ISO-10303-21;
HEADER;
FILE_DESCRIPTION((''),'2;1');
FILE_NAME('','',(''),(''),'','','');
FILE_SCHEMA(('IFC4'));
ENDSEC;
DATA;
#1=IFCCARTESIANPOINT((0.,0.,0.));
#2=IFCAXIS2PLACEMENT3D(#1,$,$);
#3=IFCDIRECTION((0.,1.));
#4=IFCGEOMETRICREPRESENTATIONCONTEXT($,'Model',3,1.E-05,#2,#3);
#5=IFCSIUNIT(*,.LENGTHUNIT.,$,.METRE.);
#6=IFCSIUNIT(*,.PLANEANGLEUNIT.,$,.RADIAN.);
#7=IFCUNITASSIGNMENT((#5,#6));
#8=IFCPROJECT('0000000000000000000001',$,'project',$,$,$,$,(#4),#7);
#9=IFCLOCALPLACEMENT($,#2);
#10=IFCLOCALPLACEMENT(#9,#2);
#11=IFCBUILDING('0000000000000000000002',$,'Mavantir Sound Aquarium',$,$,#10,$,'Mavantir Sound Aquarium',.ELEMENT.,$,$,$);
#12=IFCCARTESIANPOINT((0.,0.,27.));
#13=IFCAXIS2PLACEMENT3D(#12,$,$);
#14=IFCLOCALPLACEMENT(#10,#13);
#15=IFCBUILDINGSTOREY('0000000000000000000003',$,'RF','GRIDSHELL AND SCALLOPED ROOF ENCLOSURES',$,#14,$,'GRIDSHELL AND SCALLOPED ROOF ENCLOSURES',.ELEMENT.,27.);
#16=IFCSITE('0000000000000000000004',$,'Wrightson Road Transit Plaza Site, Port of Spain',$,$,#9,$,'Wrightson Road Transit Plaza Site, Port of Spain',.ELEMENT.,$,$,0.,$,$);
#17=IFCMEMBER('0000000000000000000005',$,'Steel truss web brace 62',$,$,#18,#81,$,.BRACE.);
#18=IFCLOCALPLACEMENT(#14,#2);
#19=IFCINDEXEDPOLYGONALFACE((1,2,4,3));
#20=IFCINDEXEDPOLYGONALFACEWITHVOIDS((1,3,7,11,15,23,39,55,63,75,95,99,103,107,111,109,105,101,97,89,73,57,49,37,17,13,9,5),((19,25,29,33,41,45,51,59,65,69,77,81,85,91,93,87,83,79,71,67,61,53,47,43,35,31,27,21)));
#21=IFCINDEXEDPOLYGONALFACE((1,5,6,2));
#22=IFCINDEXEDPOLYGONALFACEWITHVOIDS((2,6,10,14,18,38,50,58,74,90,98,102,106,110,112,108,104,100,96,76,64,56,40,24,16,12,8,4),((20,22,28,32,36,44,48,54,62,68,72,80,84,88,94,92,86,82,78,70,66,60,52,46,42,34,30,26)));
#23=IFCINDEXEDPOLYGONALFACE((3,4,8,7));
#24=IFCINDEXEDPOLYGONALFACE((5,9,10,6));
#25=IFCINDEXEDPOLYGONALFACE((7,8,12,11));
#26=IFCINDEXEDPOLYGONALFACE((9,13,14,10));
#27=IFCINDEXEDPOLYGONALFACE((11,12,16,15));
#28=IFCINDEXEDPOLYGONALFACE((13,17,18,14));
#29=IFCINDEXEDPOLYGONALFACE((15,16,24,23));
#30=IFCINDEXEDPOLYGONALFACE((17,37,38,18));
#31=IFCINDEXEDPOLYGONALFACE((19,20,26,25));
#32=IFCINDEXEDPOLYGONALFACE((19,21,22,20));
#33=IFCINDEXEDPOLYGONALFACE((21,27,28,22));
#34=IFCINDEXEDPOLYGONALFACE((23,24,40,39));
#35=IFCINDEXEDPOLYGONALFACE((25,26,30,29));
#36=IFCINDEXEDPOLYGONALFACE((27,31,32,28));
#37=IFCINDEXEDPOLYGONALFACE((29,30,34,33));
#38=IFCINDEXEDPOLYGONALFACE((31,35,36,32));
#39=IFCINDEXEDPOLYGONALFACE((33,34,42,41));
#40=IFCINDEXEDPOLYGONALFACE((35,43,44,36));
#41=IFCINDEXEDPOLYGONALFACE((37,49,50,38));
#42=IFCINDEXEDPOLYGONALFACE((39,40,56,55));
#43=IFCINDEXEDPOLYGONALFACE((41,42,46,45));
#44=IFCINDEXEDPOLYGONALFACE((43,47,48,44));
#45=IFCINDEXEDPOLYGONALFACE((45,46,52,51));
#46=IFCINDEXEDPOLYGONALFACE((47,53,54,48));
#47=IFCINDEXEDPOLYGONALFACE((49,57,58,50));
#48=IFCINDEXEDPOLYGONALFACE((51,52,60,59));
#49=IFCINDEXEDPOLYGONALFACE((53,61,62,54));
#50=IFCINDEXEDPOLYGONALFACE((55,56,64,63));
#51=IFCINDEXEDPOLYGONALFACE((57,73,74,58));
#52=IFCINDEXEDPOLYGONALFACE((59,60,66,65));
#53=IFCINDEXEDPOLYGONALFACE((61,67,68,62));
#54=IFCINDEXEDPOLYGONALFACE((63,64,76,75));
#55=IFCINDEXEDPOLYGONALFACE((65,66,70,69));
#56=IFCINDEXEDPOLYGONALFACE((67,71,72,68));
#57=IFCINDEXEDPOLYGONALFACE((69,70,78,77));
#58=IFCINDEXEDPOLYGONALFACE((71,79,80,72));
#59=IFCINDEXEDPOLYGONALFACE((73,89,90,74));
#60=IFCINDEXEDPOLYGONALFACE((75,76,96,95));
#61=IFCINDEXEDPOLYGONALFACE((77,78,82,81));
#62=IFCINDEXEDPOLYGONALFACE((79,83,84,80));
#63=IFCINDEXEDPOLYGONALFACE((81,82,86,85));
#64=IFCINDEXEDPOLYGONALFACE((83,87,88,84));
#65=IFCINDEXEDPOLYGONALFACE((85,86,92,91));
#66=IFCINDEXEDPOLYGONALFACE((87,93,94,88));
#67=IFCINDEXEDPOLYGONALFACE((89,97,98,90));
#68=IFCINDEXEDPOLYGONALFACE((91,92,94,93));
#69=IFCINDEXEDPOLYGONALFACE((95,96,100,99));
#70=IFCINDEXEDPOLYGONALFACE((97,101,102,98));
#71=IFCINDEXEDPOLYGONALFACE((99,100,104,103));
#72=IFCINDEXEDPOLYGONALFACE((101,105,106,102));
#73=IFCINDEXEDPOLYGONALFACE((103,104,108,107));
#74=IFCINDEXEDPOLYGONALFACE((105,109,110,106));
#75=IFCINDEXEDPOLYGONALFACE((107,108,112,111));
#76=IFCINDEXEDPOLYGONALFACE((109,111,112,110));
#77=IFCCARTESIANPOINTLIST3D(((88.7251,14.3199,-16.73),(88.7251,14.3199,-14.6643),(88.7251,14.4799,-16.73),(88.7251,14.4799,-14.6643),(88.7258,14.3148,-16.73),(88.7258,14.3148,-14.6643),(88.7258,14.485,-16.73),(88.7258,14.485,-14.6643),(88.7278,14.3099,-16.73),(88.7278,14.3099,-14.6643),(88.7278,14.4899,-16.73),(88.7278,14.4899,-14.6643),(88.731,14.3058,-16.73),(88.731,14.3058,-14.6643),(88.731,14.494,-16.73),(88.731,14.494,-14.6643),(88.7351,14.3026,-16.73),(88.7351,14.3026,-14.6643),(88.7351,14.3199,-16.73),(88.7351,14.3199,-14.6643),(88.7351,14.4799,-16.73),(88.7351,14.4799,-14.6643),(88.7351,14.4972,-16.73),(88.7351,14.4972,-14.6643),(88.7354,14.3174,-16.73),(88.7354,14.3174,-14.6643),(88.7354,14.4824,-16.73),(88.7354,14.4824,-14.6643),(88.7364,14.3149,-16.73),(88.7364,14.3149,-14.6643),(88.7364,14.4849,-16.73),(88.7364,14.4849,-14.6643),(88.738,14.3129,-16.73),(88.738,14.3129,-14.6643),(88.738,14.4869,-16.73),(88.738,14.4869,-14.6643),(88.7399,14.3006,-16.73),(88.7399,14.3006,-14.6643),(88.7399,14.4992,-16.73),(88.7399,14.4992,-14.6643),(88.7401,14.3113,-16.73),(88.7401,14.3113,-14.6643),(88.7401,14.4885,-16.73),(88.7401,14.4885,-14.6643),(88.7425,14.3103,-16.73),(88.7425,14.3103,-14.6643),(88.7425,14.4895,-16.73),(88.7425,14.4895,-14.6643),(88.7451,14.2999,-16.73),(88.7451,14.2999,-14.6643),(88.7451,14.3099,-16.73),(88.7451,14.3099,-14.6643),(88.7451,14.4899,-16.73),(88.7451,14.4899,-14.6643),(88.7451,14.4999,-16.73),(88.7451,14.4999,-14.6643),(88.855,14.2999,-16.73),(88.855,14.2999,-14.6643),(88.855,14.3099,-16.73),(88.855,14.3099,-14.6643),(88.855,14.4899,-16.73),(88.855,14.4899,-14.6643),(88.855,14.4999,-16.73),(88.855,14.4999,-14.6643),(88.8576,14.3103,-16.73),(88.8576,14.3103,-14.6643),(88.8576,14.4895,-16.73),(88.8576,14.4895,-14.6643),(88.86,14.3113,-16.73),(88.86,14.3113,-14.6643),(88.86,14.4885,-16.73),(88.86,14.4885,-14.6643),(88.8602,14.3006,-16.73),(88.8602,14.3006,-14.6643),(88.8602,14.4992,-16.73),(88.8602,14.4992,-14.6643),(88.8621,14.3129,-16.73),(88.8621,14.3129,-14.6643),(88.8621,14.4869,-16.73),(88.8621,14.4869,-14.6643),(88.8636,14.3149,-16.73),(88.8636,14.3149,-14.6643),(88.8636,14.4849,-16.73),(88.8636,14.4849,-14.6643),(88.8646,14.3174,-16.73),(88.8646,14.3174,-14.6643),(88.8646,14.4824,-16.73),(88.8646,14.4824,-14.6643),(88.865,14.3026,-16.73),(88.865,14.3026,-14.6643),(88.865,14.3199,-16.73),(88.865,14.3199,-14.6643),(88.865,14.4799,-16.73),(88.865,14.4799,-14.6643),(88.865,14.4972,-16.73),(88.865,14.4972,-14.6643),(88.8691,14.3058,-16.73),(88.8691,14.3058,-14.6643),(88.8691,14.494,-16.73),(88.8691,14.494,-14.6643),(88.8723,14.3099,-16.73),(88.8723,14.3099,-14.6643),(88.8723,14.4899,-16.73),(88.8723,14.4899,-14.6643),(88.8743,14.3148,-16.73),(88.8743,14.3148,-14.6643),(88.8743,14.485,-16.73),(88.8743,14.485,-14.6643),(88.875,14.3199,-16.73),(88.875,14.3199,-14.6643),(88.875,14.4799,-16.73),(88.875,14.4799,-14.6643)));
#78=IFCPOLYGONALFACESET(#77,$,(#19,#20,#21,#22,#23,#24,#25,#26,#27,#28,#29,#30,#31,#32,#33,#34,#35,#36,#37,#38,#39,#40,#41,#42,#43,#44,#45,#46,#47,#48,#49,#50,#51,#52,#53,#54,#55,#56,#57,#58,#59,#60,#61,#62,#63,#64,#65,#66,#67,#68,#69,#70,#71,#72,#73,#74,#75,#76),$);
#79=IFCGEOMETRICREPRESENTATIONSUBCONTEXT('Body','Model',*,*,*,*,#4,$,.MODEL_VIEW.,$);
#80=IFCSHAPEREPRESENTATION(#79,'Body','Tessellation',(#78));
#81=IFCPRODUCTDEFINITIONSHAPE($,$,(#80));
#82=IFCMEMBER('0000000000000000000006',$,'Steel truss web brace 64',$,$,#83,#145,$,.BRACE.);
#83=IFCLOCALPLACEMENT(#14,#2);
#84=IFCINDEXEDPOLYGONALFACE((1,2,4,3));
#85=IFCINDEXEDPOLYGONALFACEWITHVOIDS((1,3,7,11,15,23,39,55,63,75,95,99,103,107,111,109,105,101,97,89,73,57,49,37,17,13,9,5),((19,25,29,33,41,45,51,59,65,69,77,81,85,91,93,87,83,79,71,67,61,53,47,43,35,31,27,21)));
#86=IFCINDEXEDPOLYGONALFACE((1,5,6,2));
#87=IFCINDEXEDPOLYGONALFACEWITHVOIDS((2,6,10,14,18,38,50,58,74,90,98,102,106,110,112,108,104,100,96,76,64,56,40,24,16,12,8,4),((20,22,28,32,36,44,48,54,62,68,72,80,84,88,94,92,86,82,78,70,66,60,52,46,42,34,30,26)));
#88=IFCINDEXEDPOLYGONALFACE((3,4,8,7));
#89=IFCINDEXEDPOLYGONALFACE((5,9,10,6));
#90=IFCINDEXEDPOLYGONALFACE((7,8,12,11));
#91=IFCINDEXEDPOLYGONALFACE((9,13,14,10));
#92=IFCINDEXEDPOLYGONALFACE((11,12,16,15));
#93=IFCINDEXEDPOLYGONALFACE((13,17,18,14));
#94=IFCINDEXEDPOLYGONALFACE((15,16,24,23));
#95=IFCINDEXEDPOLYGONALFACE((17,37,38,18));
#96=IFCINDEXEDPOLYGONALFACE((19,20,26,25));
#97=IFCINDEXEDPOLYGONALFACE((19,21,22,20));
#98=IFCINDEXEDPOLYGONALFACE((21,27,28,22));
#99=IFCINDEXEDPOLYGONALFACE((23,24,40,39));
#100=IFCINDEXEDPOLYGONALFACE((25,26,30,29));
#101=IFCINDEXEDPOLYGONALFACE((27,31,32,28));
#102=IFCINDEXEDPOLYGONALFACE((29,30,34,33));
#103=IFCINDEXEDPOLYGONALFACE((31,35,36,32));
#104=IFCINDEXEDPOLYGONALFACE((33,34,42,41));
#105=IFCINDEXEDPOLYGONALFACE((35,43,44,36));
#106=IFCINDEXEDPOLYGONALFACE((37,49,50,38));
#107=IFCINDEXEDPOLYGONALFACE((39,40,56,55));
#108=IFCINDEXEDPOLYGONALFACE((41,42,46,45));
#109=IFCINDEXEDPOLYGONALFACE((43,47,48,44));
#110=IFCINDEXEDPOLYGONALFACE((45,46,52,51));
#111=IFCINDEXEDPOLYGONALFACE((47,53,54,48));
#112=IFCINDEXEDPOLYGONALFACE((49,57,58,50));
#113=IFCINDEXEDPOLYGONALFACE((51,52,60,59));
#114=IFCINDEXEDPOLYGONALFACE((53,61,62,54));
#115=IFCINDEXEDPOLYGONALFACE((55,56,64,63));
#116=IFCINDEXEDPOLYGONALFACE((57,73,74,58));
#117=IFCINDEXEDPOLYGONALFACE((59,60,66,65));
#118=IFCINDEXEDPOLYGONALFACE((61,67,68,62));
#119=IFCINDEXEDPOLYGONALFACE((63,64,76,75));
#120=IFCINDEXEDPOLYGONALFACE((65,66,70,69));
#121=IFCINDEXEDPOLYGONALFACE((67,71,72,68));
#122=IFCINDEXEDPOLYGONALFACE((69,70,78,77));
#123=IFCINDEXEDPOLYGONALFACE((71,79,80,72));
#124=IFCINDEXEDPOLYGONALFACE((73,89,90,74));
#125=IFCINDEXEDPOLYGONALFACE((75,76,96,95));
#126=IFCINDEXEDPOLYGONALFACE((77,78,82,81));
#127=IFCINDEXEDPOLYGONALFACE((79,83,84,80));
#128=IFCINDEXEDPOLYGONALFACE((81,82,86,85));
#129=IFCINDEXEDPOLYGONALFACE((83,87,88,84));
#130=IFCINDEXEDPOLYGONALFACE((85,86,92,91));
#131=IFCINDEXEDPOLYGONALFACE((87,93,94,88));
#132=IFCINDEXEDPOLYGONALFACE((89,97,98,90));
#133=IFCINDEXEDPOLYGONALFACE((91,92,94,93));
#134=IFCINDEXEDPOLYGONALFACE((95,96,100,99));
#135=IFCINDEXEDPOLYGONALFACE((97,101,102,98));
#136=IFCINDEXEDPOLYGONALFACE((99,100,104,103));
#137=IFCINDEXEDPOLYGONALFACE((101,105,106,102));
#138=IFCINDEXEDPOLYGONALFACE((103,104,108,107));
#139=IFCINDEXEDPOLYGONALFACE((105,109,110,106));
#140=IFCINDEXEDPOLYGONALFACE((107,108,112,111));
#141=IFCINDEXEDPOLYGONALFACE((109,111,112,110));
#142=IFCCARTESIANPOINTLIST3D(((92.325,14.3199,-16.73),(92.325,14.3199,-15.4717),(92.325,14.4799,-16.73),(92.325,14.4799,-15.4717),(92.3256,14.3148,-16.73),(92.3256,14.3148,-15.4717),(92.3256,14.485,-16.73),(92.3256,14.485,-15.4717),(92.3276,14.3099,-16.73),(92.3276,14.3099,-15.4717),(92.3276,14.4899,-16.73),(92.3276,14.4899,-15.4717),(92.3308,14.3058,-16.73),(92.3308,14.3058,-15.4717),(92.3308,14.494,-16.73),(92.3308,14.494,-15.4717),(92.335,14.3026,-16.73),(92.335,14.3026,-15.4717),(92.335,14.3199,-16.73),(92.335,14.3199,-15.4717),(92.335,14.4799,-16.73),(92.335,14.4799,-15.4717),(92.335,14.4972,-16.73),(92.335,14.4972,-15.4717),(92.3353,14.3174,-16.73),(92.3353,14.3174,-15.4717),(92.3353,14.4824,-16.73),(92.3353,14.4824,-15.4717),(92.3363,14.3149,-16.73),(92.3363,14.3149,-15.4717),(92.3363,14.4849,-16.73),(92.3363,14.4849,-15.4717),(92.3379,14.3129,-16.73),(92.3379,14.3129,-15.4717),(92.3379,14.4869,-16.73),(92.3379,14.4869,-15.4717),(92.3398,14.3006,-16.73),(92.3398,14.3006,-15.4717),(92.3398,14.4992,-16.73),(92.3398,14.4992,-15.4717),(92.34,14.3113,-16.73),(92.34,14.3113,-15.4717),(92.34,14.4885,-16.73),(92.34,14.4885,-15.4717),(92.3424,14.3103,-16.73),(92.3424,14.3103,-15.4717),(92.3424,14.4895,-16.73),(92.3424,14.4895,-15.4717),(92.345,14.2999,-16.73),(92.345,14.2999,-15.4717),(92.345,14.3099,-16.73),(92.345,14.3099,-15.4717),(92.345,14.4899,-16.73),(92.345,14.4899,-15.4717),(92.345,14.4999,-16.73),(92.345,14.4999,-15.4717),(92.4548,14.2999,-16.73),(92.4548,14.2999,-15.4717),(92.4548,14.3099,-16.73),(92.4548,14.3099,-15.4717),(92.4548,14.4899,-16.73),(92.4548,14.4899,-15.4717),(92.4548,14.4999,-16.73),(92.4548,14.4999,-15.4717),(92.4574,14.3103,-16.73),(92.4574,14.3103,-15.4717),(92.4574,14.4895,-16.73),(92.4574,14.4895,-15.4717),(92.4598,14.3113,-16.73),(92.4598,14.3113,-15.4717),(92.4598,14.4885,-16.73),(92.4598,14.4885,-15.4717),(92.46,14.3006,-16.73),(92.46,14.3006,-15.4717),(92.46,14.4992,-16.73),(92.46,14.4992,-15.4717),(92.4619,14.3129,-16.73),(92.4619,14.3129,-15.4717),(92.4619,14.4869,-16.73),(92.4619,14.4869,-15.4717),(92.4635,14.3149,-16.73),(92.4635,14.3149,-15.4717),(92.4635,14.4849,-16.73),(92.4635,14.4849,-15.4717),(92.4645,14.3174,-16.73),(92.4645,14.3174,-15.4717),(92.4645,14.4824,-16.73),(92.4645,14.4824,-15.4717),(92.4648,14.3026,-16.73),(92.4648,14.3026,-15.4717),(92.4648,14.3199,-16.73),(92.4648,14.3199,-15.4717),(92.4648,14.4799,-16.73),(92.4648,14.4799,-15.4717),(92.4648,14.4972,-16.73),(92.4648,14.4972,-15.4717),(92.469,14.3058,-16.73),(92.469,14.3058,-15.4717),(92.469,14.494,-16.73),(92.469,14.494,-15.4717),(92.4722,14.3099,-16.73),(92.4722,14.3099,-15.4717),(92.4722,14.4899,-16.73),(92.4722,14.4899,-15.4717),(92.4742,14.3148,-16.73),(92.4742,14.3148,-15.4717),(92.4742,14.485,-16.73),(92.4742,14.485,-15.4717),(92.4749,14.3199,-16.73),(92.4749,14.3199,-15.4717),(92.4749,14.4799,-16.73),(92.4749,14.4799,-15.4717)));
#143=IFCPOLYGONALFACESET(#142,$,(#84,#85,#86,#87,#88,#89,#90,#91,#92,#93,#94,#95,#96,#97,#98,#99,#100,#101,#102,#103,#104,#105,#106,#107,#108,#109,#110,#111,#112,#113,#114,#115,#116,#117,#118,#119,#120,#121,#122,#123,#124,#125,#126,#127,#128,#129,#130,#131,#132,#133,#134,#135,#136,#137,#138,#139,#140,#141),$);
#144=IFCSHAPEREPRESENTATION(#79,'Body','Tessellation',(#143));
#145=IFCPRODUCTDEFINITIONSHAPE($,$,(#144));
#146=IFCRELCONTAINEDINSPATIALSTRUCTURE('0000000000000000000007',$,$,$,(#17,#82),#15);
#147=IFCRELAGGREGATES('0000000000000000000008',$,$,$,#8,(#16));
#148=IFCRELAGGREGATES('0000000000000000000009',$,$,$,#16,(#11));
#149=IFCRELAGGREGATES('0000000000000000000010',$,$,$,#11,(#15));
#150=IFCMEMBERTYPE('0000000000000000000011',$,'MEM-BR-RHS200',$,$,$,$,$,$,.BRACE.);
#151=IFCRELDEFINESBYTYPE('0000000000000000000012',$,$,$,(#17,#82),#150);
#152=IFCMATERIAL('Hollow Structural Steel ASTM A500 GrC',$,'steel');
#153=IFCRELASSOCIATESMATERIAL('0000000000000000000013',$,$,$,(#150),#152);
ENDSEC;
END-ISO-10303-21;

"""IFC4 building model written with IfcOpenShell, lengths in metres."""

from ifc_helpers import new_model, si_unit, direction, frame, origin, origin_2d, place, context, subcontext, project, spatial, hollow_rectangle, extrude, material, material_profile, profile_set, type_object, element, save


model = new_model("IFC4")

# Units and contexts
model_context = context("Model", 3, precision=1e-05, world=origin(), true_north=direction((0.0, 1.0)))
body_context = subcontext(model_context, "Body", "Model", "MODEL_VIEW")
ifc_project = project(units=[si_unit("LENGTHUNIT", "METRE"), si_unit("PLANEANGLEUNIT", "RADIAN")], contexts=[model_context])

# Site, building, storey
site_placement = place(None, origin())
site = spatial("IfcSite", under=ifc_project, at=site_placement, Name="Wrightson Road Transit Plaza Site, Port of Spain", LongName="Wrightson Road Transit Plaza Site, Port of Spain", CompositionType="ELEMENT", RefElevation=0.0)
building_placement = place(site_placement, origin())
building = spatial("IfcBuilding", under=site, at=building_placement, Name="Mavantir Sound Aquarium", LongName="Mavantir Sound Aquarium", CompositionType="ELEMENT")
storey_placement = place(building_placement, frame((0.0, 0.0, 27.0)))
storey = spatial("IfcBuildingStorey", under=building, at=storey_placement, Name="RF", Description="GRIDSHELL AND SCALLOPED ROOF ENCLOSURES", LongName="GRIDSHELL AND SCALLOPED ROOF ENCLOSURES", CompositionType="ELEMENT", Elevation=27.0)

# Members
ifc_material_1 = material(Name="Hollow Structural Steel ASTM A500 GrC", Category="steel")
ifc_material_profile_1 = material_profile(ifc_material_1, hollow_rectangle(XDim=0.1499, YDim=0.2, WallThickness=0.01, InnerFilletRadius=0.01, OuterFilletRadius=0.02, at=origin_2d()), Name="RHS 200X150X10")
ifc_profile_set_1 = profile_set([ifc_material_profile_1], Name="Hollow Structural Steel ASTM A500 GrC")
member_type_1 = type_object("IfcMemberType", Name="MEM-BR-RHS200", PredefinedType="BRACE", material=ifc_profile_set_1)
member_1_placement = place(storey_placement, frame((88.8, 14.3999, -16.73), z_axis=(0.0, 0.0, 1.0), x_axis=(1.0, 0.0, 0.0)))
element("IfcMember", 1, at=member_1_placement, inside=storey, type_object=member_type_1, Name="Steel truss web brace 62", PredefinedType="BRACE", context=body_context, shape_type="SweptSolid", body=[
    extrude(hollow_rectangle(XDim=0.1499, YDim=0.2, WallThickness=0.01, InnerFilletRadius=0.01, OuterFilletRadius=0.02, at=origin_2d()), origin(), (0.0, 0.0, 1.0), 2.0657),
])
member_2_placement = place(storey_placement, frame((92.3999, 14.3999, -16.73), z_axis=(0.0, 0.0, 1.0), x_axis=(1.0, 0.0, 0.0)))
element("IfcMember", 2, at=member_2_placement, inside=storey, type_object=member_type_1, Name="Steel truss web brace 64", PredefinedType="BRACE", context=body_context, shape_type="SweptSolid", body=[
    extrude(hollow_rectangle(XDim=0.1499, YDim=0.2, WallThickness=0.01, InnerFilletRadius=0.01, OuterFilletRadius=0.02, at=origin_2d()), origin(), (0.0, 0.0, 1.0), 1.2583),
])

save(model, "model.ifc")
